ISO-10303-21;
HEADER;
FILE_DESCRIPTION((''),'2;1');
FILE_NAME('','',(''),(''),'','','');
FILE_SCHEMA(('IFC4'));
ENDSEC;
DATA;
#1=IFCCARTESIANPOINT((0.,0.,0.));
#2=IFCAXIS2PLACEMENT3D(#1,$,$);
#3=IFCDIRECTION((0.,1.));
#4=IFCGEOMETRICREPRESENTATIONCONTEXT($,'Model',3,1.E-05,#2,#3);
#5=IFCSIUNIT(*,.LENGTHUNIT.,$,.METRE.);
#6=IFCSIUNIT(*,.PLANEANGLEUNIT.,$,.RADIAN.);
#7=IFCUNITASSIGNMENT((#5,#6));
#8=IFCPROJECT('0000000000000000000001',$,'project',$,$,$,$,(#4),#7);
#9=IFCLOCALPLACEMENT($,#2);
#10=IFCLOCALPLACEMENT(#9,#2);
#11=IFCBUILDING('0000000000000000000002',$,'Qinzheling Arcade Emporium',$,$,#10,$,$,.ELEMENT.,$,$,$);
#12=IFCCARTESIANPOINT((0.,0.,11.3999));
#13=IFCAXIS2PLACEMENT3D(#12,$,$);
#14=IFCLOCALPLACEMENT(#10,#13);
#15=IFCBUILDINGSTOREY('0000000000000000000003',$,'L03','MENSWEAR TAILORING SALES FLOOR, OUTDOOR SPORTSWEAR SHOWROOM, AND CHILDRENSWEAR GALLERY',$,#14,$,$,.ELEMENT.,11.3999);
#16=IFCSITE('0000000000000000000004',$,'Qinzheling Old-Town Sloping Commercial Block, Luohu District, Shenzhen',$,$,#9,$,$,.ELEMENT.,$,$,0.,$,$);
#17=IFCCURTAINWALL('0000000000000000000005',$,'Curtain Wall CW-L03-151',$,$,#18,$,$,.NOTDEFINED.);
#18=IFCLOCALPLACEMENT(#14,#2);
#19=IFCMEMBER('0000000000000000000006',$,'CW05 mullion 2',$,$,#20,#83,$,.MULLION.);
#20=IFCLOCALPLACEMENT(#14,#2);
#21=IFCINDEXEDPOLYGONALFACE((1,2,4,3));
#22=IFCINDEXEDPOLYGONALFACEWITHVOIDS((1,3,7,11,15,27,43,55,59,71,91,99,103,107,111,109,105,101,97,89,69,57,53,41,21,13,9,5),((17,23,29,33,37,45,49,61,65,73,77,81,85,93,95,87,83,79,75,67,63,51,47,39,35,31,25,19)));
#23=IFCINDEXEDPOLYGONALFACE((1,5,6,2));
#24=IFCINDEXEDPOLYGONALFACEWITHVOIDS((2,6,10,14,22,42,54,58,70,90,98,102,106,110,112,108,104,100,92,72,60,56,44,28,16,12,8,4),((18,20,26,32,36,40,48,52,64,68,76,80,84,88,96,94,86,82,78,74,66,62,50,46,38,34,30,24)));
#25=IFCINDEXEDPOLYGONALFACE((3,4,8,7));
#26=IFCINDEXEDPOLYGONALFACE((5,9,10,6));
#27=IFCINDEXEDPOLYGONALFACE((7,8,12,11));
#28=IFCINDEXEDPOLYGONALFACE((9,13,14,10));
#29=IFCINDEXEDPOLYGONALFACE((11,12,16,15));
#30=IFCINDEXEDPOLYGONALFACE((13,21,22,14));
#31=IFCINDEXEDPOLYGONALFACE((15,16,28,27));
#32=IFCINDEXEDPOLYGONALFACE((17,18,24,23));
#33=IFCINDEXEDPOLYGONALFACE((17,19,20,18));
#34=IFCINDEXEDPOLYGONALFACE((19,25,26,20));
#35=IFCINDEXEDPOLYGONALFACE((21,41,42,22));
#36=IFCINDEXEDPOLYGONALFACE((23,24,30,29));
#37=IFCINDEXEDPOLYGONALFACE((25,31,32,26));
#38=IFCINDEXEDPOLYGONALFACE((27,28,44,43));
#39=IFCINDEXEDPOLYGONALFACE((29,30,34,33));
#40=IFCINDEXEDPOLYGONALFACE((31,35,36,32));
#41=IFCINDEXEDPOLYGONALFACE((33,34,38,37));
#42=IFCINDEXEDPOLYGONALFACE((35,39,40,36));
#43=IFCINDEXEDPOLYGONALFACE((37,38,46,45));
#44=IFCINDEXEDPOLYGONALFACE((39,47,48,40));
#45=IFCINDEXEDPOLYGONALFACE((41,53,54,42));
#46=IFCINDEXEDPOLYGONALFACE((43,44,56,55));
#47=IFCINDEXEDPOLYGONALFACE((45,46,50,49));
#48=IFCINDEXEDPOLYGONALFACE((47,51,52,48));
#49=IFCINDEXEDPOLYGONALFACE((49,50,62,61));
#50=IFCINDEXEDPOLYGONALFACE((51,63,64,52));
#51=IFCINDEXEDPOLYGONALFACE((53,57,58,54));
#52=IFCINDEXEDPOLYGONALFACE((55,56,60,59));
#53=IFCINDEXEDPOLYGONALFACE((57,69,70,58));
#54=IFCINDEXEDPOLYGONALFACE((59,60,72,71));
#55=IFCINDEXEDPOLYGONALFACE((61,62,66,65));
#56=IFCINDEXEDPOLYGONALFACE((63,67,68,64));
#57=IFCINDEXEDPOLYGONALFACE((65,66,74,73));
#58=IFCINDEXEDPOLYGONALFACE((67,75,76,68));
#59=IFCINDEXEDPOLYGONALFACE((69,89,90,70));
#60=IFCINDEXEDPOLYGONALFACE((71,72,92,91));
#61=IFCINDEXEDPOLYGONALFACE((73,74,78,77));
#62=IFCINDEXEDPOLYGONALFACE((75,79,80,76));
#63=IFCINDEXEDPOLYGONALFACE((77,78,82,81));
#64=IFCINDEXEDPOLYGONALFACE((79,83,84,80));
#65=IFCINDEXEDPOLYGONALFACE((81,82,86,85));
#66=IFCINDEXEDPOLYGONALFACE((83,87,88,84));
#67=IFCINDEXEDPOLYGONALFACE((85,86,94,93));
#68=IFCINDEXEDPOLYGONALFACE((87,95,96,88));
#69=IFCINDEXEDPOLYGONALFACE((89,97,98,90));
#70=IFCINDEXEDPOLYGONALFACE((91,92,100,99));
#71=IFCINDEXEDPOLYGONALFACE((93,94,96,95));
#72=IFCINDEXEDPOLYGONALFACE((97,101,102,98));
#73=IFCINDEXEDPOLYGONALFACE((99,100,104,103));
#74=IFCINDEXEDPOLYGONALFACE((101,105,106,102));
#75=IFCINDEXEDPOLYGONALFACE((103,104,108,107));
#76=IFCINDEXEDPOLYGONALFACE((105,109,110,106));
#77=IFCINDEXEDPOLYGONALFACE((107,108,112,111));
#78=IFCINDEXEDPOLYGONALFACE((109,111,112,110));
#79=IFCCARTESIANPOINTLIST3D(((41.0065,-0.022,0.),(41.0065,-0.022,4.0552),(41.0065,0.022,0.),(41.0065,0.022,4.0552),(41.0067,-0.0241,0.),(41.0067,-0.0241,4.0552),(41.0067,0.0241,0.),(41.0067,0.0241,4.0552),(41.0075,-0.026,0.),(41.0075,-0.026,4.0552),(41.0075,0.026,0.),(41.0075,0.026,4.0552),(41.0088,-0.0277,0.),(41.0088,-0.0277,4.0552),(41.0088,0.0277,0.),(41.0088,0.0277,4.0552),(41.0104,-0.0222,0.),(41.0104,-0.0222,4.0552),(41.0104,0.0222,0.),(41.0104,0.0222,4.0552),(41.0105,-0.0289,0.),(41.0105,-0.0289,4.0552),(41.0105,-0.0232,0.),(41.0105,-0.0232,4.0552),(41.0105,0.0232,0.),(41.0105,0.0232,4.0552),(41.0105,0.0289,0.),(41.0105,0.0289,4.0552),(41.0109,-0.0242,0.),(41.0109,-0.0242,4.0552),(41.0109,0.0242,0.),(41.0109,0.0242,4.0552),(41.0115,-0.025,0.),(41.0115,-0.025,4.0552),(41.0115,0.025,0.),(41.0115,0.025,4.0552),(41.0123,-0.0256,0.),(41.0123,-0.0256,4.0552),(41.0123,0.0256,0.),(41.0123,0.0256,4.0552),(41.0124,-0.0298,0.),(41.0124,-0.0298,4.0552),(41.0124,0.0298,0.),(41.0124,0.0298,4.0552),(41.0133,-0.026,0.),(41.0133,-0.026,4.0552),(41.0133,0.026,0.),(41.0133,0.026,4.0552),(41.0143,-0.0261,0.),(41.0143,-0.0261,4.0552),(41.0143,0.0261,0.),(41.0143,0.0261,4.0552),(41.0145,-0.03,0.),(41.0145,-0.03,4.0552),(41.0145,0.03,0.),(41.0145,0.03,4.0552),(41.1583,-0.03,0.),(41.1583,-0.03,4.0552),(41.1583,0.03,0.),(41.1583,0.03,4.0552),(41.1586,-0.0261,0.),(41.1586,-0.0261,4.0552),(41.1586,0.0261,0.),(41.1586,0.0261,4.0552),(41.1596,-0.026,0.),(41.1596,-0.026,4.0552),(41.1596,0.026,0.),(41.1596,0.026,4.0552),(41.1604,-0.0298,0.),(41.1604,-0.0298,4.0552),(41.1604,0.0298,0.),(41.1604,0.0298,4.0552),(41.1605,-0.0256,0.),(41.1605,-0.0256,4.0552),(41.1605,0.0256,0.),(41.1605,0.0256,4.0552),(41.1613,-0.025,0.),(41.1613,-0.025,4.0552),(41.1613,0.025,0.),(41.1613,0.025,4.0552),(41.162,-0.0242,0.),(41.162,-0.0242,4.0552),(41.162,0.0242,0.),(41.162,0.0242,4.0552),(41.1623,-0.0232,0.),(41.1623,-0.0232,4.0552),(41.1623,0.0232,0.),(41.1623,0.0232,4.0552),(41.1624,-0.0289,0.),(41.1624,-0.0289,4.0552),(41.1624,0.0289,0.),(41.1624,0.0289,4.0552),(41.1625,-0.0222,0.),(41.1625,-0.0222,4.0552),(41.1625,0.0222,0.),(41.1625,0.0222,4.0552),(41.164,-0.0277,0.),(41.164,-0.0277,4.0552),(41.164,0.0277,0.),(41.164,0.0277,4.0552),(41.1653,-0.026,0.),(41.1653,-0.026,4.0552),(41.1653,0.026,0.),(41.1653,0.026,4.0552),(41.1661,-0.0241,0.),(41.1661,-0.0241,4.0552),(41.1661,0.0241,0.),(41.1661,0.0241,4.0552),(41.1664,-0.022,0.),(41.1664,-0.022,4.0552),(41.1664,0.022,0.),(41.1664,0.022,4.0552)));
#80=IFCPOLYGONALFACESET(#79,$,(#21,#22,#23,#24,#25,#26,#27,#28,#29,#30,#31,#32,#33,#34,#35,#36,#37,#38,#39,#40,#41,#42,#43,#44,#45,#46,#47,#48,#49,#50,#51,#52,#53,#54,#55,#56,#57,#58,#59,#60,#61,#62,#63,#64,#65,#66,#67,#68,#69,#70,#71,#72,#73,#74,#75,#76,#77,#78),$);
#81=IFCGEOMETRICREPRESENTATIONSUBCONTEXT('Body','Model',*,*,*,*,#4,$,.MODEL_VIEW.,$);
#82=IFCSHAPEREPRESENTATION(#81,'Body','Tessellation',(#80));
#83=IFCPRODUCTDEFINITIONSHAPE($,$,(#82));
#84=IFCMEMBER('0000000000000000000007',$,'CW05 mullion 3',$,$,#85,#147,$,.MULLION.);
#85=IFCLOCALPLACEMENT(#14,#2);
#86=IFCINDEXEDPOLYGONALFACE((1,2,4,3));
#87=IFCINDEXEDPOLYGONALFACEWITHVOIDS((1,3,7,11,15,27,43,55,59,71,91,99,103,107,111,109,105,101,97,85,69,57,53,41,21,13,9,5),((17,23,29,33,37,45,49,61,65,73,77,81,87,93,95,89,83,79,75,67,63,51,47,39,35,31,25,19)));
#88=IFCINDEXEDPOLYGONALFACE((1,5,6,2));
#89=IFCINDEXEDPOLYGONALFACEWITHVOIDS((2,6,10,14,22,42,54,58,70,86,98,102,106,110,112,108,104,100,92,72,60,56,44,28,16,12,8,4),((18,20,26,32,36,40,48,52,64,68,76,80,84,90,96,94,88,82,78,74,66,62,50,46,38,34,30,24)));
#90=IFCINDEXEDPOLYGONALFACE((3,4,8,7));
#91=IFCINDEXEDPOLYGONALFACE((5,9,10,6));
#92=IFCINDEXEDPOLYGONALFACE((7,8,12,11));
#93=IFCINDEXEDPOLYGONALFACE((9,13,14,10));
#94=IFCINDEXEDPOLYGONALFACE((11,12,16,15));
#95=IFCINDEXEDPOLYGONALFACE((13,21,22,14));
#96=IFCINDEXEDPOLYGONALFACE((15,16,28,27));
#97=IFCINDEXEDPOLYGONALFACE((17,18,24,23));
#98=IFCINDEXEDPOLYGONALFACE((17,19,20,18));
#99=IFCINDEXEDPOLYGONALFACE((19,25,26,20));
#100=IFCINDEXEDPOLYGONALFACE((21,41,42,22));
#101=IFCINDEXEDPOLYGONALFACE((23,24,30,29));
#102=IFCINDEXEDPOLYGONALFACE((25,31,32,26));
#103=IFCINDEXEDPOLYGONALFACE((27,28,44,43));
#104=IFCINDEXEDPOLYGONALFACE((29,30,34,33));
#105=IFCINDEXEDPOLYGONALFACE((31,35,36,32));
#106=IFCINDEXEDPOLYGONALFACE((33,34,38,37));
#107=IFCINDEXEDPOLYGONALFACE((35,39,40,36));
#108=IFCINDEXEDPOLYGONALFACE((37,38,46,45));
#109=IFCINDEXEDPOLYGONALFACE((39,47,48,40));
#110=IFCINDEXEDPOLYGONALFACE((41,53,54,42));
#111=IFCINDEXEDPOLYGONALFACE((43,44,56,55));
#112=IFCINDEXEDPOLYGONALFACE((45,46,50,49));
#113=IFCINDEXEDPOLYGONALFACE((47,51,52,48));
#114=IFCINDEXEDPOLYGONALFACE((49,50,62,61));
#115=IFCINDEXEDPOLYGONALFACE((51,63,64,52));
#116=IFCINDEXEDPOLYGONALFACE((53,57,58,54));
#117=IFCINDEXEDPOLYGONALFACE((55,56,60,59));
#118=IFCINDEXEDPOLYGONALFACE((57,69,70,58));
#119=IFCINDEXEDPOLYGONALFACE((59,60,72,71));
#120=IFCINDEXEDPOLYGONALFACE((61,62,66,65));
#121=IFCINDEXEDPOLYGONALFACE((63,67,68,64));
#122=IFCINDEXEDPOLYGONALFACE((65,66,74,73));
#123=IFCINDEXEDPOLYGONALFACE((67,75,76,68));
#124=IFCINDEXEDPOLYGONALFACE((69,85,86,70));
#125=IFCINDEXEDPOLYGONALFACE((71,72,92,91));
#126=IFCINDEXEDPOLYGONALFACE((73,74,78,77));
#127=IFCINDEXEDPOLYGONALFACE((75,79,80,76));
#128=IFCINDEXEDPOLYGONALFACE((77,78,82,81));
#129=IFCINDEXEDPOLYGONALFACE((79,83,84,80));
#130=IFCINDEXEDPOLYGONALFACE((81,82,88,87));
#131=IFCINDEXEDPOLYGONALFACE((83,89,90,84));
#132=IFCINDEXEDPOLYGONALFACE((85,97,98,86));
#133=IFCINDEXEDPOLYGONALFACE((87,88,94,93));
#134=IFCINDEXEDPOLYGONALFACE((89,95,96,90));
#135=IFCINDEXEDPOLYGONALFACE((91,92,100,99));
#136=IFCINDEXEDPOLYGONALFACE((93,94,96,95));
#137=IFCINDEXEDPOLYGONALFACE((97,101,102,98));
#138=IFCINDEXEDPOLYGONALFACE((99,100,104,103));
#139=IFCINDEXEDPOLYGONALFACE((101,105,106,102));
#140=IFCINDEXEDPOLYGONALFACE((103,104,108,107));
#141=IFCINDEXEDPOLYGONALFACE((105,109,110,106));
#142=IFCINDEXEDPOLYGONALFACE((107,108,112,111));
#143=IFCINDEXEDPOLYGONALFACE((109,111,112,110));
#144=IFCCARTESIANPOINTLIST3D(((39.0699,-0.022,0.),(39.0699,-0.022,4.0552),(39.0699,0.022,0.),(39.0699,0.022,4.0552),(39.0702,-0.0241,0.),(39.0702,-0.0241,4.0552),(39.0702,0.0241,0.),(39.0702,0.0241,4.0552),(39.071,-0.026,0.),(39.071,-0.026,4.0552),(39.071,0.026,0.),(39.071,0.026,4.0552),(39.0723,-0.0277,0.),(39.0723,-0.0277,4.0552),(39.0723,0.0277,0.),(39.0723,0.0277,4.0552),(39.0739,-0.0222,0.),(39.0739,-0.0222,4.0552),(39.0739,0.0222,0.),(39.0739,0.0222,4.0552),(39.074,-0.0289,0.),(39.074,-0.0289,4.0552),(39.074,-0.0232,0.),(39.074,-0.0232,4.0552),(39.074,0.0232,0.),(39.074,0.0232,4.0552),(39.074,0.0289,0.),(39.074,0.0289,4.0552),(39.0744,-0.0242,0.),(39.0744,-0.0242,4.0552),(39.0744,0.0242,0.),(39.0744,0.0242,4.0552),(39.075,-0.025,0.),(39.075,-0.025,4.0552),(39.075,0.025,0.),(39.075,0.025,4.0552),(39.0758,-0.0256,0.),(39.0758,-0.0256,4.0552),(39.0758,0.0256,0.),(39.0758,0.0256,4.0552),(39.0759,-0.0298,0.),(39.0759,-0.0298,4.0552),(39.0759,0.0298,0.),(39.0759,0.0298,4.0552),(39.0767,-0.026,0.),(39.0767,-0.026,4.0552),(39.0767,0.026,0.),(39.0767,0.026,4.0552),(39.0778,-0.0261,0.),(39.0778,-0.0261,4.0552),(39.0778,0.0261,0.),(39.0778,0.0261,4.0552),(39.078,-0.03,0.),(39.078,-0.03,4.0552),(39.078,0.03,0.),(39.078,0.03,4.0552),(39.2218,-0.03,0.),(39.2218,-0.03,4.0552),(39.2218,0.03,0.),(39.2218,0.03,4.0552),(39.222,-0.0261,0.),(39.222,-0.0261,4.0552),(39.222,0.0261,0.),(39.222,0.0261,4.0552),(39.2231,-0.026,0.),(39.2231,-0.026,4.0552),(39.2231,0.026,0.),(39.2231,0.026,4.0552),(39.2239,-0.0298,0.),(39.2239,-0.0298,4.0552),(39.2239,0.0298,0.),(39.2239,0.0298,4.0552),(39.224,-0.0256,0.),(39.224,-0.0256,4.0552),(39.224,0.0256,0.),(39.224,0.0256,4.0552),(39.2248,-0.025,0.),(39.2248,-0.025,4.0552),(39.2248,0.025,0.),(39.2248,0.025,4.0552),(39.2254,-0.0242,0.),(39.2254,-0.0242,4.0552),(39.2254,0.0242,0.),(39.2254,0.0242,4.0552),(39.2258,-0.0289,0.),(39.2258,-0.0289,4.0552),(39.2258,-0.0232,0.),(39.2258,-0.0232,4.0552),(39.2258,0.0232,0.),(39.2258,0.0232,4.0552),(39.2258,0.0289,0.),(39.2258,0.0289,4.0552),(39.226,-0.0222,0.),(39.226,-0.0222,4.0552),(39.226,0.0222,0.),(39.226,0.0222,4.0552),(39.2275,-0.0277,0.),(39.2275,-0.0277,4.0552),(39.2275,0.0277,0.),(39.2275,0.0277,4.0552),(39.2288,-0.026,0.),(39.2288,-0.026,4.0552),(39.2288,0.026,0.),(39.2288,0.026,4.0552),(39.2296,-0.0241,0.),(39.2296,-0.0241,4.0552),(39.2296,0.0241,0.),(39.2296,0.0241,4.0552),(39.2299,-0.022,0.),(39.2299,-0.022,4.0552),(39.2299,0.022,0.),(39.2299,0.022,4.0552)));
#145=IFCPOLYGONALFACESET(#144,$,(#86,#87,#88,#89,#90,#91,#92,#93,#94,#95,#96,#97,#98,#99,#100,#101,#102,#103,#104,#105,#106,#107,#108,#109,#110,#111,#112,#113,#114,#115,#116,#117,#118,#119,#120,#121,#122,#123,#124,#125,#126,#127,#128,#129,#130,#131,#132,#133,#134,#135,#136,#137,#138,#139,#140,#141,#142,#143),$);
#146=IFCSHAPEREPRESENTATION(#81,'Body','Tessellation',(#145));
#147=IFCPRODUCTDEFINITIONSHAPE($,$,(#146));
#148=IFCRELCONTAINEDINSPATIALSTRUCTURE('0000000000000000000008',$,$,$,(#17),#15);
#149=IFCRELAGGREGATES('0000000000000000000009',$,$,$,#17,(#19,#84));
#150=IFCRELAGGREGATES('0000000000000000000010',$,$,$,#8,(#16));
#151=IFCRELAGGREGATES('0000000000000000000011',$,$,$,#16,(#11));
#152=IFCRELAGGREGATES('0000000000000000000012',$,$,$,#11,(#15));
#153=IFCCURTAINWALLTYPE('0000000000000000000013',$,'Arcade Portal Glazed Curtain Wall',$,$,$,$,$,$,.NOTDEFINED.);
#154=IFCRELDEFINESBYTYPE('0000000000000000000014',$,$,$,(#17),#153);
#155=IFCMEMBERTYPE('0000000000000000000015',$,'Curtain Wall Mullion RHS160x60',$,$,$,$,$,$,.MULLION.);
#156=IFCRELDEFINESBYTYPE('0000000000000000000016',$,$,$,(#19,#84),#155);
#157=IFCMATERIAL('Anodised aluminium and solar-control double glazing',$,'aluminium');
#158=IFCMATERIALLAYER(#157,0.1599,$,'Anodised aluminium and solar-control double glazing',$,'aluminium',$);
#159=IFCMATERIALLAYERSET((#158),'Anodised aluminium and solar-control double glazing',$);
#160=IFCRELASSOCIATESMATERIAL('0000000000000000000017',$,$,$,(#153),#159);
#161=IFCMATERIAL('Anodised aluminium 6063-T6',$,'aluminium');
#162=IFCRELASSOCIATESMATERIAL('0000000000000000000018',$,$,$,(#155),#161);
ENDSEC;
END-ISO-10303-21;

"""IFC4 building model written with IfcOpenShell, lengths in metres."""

from ifc_helpers import new_model, si_unit, direction, frame, origin, origin_2d, place, context, subcontext, project, spatial, hollow_rectangle, extrude, material, layer, layer_set, material_profile, profile_set, type_object, element, aggregate, save


model = new_model("IFC4")

# Units and contexts
model_context = context("Model", 3, precision=1e-05, world=origin(), true_north=direction((0.0, 1.0)))
body_context = subcontext(model_context, "Body", "Model", "MODEL_VIEW")
ifc_project = project(units=[si_unit("LENGTHUNIT", "METRE"), si_unit("PLANEANGLEUNIT", "RADIAN")], contexts=[model_context])

# Site, building, storey
site_placement = place(None, origin())
site = spatial("IfcSite", under=ifc_project, at=site_placement, Name="Qinzheling Old-Town Sloping Commercial Block, Luohu District, Shenzhen", CompositionType="ELEMENT", RefElevation=0.0)
building_placement = place(site_placement, origin())
building = spatial("IfcBuilding", under=site, at=building_placement, Name="Qinzheling Arcade Emporium", CompositionType="ELEMENT")
storey_placement = place(building_placement, frame((0.0, 0.0, 11.3999)))
storey = spatial("IfcBuildingStorey", under=building, at=storey_placement, Name="L03", Description="MENSWEAR TAILORING SALES FLOOR, OUTDOOR SPORTSWEAR SHOWROOM, AND CHILDRENSWEAR GALLERY", CompositionType="ELEMENT", Elevation=11.3999)

# Shared definitions
ifc_material_1 = material(Name="Anodised aluminium and solar-control double glazing", Category="aluminium")
ifc_layer_1 = layer(ifc_material_1, 0.1599, Name="Anodised aluminium and solar-control double glazing", Category="aluminium")
ifc_layer_set_1 = layer_set([ifc_layer_1], Name="Anodised aluminium and solar-control double glazing")
curtain_wall_type = type_object("IfcCurtainWallType", Name="Arcade Portal Glazed Curtain Wall", PredefinedType="NOTDEFINED", material=ifc_layer_set_1)
ifc_material_2 = material(Name="Anodised aluminium 6063-T6", Category="aluminium")
ifc_material_profile_1 = material_profile(ifc_material_2, hollow_rectangle(XDim=0.0601, YDim=0.1599, WallThickness=0.0039, InnerFilletRadius=0.0039, OuterFilletRadius=0.0081, at=origin_2d()), Name="RHS 160x60x4", Category="aluminium")
ifc_profile_set_1 = profile_set([ifc_material_profile_1], Name="Anodised aluminium 6063-T6")
member_type_1 = type_object("IfcMemberType", Name="Curtain Wall Mullion RHS160x60", PredefinedType="MULLION", material=ifc_profile_set_1)

# Curtain wall, members
curtain_wall_1_placement = place(storey_placement, origin())
curtain_wall_1 = element("IfcCurtainWall", 1, at=curtain_wall_1_placement, inside=storey, type_object=curtain_wall_type, Name="Curtain Wall CW-L03-151", PredefinedType="NOTDEFINED")
member_1_placement = place(storey_placement, frame((41.0864, 0.0, 0.0), z_axis=(0.0, 0.0, 1.0), x_axis=(0.0, -1.0, 0.0)))
member_1 = element("IfcMember", 2, at=member_1_placement, type_object=member_type_1, Name="CW05 mullion 2", PredefinedType="MULLION", context=body_context, shape_type="SweptSolid", body=[
    extrude(hollow_rectangle(XDim=0.0601, YDim=0.1599, WallThickness=0.0039, InnerFilletRadius=0.0039, OuterFilletRadius=0.0081, at=origin_2d()), origin(), (0.0, 0.0, 1.0), 4.0552),
])
member_2_placement = place(storey_placement, frame((39.1499, 0.0, 0.0), z_axis=(0.0, 0.0, 1.0), x_axis=(0.0, -1.0, 0.0)))
member_2 = element("IfcMember", 3, at=member_2_placement, type_object=member_type_1, Name="CW05 mullion 3", PredefinedType="MULLION", context=body_context, shape_type="SweptSolid", body=[
    extrude(hollow_rectangle(XDim=0.0601, YDim=0.1599, WallThickness=0.0039, InnerFilletRadius=0.0039, OuterFilletRadius=0.0081, at=origin_2d()), origin(), (0.0, 0.0, 1.0), 4.0552),
])

aggregate(curtain_wall_1, [member_1, member_2])

save(model, "model.ifc")
